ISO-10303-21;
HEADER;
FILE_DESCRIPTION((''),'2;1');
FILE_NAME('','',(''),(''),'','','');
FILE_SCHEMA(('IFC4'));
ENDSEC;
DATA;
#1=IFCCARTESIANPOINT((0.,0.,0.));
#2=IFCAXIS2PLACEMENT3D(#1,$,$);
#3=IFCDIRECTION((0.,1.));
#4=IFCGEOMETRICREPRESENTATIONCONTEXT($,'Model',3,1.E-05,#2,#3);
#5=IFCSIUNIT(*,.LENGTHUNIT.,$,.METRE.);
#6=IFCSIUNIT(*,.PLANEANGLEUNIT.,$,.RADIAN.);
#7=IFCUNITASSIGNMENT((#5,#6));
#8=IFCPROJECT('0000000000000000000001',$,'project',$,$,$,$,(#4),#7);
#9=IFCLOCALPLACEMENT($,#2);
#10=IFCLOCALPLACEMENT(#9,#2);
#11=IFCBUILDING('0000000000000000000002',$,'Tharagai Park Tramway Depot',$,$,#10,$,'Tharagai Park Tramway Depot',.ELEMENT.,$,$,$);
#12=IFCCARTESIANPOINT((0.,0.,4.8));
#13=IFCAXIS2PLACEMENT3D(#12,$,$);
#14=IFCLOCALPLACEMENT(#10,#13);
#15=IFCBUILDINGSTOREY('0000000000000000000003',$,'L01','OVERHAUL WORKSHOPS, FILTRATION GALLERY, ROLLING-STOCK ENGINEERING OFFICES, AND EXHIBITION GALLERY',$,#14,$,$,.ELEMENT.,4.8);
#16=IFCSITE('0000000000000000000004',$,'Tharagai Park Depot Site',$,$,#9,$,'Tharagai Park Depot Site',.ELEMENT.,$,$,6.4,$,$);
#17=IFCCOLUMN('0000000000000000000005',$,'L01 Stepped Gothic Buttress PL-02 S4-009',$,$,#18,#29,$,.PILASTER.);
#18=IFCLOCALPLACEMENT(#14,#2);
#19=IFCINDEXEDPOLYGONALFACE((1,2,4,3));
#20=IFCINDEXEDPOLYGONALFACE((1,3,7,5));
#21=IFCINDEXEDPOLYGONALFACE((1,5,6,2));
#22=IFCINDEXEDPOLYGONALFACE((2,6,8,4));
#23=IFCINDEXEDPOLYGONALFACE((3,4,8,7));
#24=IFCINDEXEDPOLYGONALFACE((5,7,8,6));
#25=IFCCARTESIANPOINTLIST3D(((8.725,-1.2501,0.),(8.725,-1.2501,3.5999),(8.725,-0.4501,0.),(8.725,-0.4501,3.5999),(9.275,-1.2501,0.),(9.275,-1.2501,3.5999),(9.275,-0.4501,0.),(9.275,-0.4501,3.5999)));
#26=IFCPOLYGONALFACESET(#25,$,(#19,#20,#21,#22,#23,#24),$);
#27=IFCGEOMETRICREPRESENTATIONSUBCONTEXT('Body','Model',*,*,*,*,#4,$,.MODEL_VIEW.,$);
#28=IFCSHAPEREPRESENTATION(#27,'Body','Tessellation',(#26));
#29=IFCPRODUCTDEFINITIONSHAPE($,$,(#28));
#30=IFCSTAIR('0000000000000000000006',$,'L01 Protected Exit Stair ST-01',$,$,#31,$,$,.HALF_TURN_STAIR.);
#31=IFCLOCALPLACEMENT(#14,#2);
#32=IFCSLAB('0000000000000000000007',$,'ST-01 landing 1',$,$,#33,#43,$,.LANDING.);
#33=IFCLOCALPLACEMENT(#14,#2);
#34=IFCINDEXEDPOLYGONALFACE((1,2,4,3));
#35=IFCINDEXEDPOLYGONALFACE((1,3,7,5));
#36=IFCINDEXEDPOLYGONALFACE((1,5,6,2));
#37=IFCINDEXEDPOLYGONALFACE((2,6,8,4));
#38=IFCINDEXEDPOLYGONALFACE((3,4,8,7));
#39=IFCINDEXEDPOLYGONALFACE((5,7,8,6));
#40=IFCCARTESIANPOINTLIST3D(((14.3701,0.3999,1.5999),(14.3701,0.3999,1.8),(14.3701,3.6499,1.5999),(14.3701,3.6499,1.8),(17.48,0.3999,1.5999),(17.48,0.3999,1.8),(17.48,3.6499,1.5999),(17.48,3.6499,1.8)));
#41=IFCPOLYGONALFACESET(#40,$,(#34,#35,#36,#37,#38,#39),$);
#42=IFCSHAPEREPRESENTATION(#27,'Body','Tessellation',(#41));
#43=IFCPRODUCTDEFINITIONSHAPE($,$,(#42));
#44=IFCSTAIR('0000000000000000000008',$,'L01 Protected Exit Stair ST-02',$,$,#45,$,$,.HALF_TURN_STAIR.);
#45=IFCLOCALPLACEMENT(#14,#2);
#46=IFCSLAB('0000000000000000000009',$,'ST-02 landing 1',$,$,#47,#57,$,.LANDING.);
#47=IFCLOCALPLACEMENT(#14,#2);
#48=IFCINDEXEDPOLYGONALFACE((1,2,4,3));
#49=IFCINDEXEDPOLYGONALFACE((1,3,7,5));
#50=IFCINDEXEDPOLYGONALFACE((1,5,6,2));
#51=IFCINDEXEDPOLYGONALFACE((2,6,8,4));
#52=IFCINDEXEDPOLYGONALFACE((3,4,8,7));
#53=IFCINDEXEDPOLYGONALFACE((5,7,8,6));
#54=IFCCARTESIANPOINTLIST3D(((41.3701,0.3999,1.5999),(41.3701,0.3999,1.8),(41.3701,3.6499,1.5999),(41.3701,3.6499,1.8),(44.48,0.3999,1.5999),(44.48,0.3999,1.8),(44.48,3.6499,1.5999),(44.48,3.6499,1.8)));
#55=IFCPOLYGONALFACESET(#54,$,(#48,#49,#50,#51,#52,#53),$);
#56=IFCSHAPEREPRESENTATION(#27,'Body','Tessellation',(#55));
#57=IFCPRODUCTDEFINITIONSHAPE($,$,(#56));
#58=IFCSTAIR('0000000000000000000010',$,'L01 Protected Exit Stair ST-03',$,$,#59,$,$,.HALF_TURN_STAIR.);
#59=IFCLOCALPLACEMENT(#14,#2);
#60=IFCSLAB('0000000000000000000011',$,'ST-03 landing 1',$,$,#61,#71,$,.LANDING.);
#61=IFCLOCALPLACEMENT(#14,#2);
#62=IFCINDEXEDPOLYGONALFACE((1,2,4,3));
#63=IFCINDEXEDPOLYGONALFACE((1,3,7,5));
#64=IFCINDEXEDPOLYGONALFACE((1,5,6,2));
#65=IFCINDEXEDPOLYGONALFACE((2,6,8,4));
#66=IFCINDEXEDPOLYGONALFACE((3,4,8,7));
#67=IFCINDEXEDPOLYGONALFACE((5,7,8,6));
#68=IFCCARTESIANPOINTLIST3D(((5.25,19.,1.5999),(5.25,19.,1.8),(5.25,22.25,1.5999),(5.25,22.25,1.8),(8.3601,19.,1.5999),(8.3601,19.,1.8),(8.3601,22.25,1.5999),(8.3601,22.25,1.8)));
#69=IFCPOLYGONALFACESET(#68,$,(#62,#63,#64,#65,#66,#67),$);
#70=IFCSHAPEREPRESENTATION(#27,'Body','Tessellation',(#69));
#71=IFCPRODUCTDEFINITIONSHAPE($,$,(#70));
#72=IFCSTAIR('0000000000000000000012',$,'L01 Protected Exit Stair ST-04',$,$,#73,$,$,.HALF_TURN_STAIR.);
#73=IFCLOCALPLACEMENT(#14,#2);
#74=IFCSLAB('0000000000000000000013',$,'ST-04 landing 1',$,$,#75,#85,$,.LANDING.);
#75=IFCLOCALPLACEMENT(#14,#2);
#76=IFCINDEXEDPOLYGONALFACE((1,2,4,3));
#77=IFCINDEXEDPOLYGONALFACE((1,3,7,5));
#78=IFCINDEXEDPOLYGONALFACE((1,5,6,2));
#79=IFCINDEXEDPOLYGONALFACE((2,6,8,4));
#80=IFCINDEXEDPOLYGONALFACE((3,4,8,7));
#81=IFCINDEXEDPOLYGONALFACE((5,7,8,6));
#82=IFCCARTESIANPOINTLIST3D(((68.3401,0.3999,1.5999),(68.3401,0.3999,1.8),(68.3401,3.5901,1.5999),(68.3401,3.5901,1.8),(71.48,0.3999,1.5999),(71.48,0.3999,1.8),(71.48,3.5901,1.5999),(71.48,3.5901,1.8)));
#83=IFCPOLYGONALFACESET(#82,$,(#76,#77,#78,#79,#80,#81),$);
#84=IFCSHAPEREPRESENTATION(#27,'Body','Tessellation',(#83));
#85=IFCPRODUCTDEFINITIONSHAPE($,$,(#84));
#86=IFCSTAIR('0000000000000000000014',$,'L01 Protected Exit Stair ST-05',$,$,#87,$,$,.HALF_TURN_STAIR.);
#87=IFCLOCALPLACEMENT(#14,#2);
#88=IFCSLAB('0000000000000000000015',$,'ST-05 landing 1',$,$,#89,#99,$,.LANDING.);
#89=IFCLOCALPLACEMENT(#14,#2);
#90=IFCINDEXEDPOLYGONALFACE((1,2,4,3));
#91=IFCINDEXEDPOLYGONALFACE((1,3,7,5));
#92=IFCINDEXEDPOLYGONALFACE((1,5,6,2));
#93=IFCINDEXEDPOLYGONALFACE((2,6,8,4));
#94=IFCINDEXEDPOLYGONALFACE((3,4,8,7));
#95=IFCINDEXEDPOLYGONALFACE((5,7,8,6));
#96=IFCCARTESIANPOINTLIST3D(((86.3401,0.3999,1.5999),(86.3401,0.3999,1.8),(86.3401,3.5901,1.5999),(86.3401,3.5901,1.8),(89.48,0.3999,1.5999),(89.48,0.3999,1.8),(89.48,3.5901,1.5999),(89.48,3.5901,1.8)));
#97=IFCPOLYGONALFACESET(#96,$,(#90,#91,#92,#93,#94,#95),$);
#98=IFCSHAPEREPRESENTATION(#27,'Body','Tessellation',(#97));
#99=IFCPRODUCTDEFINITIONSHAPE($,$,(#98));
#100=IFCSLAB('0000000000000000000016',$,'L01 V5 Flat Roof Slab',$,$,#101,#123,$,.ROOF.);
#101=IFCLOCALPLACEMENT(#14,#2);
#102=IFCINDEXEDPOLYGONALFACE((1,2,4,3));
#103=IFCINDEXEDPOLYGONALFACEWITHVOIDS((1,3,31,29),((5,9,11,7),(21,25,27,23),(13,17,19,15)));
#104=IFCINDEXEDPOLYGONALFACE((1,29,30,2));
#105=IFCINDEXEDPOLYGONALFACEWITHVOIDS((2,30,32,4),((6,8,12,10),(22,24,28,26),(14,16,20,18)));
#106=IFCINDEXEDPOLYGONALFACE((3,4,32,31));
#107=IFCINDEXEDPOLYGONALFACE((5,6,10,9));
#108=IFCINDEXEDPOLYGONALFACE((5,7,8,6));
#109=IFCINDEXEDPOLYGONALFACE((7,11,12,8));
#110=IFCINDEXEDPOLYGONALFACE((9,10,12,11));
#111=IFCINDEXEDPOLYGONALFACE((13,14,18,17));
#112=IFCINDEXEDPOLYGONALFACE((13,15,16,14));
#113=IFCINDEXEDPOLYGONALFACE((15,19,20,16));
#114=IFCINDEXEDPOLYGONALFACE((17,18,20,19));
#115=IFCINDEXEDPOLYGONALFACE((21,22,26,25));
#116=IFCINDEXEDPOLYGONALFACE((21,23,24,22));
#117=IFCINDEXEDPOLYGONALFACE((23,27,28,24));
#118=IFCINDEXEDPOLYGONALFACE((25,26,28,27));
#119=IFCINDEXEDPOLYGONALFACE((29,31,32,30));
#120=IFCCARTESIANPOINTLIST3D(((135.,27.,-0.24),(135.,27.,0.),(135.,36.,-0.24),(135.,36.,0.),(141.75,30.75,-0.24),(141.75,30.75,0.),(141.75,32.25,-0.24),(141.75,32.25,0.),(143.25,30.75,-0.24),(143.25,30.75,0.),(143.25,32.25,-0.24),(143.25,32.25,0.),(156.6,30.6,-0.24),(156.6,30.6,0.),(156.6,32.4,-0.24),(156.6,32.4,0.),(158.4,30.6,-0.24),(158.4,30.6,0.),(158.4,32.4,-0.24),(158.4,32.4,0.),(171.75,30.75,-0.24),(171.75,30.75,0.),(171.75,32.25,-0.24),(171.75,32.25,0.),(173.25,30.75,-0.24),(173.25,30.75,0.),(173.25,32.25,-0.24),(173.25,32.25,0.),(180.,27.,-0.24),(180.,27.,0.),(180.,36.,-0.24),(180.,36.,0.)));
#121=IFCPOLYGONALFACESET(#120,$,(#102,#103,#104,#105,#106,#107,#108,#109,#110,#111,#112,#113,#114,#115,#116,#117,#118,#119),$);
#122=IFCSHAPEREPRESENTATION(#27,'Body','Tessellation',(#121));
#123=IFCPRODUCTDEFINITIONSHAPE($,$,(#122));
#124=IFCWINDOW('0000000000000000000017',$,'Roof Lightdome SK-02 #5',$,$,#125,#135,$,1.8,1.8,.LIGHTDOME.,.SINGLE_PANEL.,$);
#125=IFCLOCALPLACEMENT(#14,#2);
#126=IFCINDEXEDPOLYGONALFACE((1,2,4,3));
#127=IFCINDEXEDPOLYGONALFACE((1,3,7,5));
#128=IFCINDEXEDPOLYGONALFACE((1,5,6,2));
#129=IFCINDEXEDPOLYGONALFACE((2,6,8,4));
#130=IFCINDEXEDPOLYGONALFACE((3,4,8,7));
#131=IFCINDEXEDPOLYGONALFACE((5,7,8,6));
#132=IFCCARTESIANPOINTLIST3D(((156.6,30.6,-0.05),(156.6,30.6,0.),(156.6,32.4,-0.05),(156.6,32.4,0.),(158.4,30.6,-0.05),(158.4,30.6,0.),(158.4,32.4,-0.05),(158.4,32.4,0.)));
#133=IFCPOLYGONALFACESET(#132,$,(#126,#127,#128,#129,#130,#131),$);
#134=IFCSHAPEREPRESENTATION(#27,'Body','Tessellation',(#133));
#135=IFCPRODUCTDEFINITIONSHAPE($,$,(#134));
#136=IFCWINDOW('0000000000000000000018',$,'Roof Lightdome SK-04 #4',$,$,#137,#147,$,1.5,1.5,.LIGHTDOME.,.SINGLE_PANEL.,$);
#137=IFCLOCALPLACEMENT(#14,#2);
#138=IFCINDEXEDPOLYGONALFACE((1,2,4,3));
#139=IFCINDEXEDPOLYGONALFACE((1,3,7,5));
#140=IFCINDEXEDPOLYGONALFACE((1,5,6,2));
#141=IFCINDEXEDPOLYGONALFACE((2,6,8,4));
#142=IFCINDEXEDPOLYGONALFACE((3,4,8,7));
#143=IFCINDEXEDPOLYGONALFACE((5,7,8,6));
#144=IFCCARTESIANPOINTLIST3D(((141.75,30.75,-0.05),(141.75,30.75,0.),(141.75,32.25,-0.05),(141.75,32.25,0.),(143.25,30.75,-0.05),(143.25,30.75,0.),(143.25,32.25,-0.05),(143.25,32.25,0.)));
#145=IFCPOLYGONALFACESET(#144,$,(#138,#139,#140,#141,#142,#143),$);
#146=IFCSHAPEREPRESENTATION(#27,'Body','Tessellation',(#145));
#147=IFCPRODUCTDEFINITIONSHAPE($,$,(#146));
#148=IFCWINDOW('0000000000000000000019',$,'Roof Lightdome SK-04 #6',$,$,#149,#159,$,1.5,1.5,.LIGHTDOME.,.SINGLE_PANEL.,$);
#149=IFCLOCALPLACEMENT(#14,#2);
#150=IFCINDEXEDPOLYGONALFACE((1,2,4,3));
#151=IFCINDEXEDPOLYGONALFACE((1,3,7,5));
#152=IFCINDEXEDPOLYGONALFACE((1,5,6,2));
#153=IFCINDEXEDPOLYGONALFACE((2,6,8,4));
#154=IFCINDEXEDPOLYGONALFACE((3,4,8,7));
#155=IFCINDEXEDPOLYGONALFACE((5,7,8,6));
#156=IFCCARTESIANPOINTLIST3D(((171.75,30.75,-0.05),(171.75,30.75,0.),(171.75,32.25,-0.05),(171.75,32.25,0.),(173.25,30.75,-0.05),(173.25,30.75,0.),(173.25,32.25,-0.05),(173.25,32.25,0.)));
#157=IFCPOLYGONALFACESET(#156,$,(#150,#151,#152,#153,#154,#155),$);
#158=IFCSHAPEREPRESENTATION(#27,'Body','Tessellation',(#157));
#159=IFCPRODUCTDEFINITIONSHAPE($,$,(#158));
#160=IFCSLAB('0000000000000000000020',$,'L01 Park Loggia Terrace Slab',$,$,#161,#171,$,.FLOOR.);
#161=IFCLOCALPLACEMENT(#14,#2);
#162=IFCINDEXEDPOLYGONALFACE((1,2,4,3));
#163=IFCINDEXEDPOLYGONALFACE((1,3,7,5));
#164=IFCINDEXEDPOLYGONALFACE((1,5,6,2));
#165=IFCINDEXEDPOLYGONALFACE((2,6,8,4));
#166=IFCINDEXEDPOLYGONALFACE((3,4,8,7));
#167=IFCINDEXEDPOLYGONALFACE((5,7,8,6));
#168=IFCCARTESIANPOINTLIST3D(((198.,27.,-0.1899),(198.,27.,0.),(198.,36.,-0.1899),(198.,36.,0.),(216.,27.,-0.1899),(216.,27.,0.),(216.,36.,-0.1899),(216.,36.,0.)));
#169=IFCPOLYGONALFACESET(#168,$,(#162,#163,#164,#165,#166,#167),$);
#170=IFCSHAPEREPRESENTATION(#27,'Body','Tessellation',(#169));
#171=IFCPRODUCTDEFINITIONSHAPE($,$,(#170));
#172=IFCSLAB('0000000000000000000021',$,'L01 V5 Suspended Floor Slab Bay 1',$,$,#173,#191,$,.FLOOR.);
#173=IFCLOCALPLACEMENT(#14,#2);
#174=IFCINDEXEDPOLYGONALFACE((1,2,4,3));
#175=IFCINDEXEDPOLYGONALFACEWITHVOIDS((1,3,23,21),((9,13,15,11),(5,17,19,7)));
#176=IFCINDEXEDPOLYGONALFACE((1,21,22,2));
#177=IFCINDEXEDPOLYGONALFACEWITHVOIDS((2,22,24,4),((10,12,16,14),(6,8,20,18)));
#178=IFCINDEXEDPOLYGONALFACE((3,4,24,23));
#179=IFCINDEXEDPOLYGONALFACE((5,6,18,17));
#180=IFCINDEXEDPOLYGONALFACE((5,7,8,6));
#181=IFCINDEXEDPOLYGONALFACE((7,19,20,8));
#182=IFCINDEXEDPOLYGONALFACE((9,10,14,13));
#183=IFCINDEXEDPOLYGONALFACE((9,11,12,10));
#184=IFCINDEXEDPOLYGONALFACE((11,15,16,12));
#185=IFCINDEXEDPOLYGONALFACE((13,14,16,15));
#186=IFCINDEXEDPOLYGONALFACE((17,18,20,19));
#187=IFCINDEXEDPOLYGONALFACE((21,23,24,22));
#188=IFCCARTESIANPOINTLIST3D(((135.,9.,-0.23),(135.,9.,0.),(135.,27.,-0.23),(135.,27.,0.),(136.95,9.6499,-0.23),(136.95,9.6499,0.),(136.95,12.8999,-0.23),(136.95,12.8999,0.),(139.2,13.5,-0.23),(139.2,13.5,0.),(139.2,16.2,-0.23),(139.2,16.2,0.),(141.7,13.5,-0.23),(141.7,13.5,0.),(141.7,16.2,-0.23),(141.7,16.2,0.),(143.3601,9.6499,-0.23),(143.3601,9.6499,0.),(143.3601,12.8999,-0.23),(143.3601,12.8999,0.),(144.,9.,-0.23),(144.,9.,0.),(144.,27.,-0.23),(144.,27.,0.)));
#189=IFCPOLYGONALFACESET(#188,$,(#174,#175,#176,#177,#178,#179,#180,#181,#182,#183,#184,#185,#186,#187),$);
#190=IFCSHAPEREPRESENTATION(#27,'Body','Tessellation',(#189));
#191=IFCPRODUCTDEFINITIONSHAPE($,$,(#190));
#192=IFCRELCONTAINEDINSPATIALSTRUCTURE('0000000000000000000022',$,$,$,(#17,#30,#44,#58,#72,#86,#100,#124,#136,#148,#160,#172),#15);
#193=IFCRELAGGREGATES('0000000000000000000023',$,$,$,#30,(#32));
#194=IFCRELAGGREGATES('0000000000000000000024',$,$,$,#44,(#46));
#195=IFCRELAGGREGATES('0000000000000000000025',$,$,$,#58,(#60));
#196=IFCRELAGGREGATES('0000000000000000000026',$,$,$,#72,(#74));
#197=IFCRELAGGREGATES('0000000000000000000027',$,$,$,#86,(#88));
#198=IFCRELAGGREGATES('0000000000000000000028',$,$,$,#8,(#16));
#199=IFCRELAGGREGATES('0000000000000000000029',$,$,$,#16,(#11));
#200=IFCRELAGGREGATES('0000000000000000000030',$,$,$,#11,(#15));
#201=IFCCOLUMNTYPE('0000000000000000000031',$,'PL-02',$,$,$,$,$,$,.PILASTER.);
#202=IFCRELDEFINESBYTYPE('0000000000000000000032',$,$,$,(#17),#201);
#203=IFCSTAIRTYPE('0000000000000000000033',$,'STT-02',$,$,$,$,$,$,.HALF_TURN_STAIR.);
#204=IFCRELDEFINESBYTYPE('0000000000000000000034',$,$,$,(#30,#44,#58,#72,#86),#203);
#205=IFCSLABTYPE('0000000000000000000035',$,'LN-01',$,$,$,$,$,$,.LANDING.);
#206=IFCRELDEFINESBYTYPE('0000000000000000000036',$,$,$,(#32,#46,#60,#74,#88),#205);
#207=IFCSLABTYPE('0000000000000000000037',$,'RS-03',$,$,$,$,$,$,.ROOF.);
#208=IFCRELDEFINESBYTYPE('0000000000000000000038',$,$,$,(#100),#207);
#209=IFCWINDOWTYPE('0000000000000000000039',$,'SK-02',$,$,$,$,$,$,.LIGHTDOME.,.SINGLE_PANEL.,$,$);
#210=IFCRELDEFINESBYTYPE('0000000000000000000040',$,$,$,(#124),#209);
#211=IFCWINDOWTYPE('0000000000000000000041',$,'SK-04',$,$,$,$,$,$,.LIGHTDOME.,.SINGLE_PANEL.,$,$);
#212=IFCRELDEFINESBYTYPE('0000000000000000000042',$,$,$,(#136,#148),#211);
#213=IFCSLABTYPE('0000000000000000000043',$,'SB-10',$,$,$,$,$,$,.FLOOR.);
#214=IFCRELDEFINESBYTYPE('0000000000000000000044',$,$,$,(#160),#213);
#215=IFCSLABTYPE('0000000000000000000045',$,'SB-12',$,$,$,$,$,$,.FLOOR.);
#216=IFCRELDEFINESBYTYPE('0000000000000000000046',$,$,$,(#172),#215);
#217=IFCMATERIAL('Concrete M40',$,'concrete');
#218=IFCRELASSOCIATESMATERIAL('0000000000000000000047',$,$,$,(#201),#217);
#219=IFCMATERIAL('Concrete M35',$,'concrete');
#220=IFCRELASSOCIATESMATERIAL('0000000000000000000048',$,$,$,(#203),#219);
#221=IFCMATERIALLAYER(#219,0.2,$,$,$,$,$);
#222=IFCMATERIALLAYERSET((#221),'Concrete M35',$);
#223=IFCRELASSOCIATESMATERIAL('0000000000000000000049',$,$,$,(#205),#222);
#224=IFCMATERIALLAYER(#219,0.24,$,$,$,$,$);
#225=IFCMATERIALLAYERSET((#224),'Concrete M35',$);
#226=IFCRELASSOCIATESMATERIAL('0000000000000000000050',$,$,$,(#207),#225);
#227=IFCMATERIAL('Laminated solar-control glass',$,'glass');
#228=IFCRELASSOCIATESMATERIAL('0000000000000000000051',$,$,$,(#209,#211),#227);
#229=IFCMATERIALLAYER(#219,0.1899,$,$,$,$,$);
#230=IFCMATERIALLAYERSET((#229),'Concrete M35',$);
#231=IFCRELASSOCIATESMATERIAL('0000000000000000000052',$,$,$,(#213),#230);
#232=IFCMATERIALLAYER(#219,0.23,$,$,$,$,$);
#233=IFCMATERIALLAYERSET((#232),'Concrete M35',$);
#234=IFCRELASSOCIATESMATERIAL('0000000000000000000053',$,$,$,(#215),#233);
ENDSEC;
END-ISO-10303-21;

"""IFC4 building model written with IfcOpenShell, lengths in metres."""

from ifc_helpers import new_model, si_unit, direction, frame, origin, origin_2d, place, context, subcontext, project, spatial, polyline, rectangle, outline, extrude, material, layer, layer_set, material_profile, profile_set, type_object, element, fill, aggregate, save


model = new_model("IFC4")

# Units and contexts
model_context = context("Model", 3, precision=1e-05, world=origin(), true_north=direction((0.0, 1.0)))
body_context = subcontext(model_context, "Body", "Model", "MODEL_VIEW")
ifc_project = project(units=[si_unit("LENGTHUNIT", "METRE"), si_unit("PLANEANGLEUNIT", "RADIAN")], contexts=[model_context])

# Site, building, storey
site_placement = place(None, origin())
site = spatial("IfcSite", under=ifc_project, at=site_placement, Name="Tharagai Park Depot Site", LongName="Tharagai Park Depot Site", CompositionType="ELEMENT", RefElevation=6.4)
building_placement = place(site_placement, origin())
building = spatial("IfcBuilding", under=site, at=building_placement, Name="Tharagai Park Tramway Depot", LongName="Tharagai Park Tramway Depot", CompositionType="ELEMENT")
storey_placement = place(building_placement, frame((0.0, 0.0, 4.8)))
storey = spatial("IfcBuildingStorey", under=building, at=storey_placement, Name="L01", Description="OVERHAUL WORKSHOPS, FILTRATION GALLERY, ROLLING-STOCK ENGINEERING OFFICES, AND EXHIBITION GALLERY", CompositionType="ELEMENT", Elevation=4.8)

# Column
ifc_material_1 = material(Name="Concrete M40", Category="concrete")
ifc_material_profile = material_profile(ifc_material_1, rectangle(XDim=0.55, YDim=0.8, at=origin_2d()), Name="RC 550x800")
ifc_profile_set = profile_set([ifc_material_profile], Name="Concrete M40")
column_type = type_object("IfcColumnType", Name="PL-02", PredefinedType="PILASTER", material=ifc_profile_set)
column_placement = place(storey_placement, frame((9.0, -0.8501, 0.0), z_axis=(0.0, 0.0, 1.0), x_axis=(1.0, 0.0, 0.0)))
element("IfcColumn", 1, at=column_placement, inside=storey, type_object=column_type, Name="L01 Stepped Gothic Buttress PL-02 S4-009", PredefinedType="PILASTER", context=body_context, shape_type="SweptSolid", body=[
    extrude(rectangle(XDim=0.55, YDim=0.8, at=origin_2d()), origin(), (0.0, 0.0, 1.0), 3.5999),
])

# Stairs, slabs
ifc_material_2 = material(Name="Concrete M35", Category="concrete")
stair_type = type_object("IfcStairType", Name="STT-02", PredefinedType="HALF_TURN_STAIR", material=ifc_material_2)
stair_1_placement = place(storey_placement, origin())
stair_1 = element("IfcStair", 2, at=stair_1_placement, inside=storey, type_object=stair_type, Name="L01 Protected Exit Stair ST-01", PredefinedType="HALF_TURN_STAIR")
ifc_layer_1 = layer(ifc_material_2, 0.2)
ifc_layer_set_1 = layer_set([ifc_layer_1], Name="Concrete M35")
slab_type_1 = type_object("IfcSlabType", Name="LN-01", PredefinedType="LANDING", material=ifc_layer_set_1)
slab_1_placement = place(storey_placement, frame((0.0, 0.0, 1.5999)))
slab_1 = element("IfcSlab", 3, at=slab_1_placement, type_object=slab_type_1, Name="ST-01 landing 1", PredefinedType="LANDING", context=body_context, shape_type="SweptSolid", body=[
    extrude(outline(polyline([(14.3701, 0.3999), (17.48, 0.3999), (17.48, 3.6499), (14.3701, 3.6499), (14.3701, 0.3999)])), origin(), (0.0, 0.0, 1.0), 0.2002),
])
aggregate(stair_1, [slab_1])
stair_2_placement = place(storey_placement, origin())
stair_2 = element("IfcStair", 4, at=stair_2_placement, inside=storey, type_object=stair_type, Name="L01 Protected Exit Stair ST-02", PredefinedType="HALF_TURN_STAIR")
slab_2_placement = place(storey_placement, frame((0.0, 0.0, 1.5999)))
slab_2 = element("IfcSlab", 5, at=slab_2_placement, type_object=slab_type_1, Name="ST-02 landing 1", PredefinedType="LANDING", context=body_context, shape_type="SweptSolid", body=[
    extrude(outline(polyline([(41.3701, 0.3999), (44.48, 0.3999), (44.48, 3.6499), (41.3701, 3.6499), (41.3701, 0.3999)])), origin(), (0.0, 0.0, 1.0), 0.2002),
])
aggregate(stair_2, [slab_2])
stair_3_placement = place(storey_placement, origin())
stair_3 = element("IfcStair", 6, at=stair_3_placement, inside=storey, type_object=stair_type, Name="L01 Protected Exit Stair ST-03", PredefinedType="HALF_TURN_STAIR")
slab_3_placement = place(storey_placement, frame((0.0, 0.0, 1.5999)))
slab_3 = element("IfcSlab", 7, at=slab_3_placement, type_object=slab_type_1, Name="ST-03 landing 1", PredefinedType="LANDING", context=body_context, shape_type="SweptSolid", body=[
    extrude(outline(polyline([(5.25, 19.0), (8.3601, 19.0), (8.3601, 22.25), (5.25, 22.25), (5.25, 19.0)])), origin(), (0.0, 0.0, 1.0), 0.2002),
])
aggregate(stair_3, [slab_3])
stair_4_placement = place(storey_placement, origin())
stair_4 = element("IfcStair", 8, at=stair_4_placement, inside=storey, type_object=stair_type, Name="L01 Protected Exit Stair ST-04", PredefinedType="HALF_TURN_STAIR")
slab_4_placement = place(storey_placement, frame((0.0, 0.0, 1.5999)))
slab_4 = element("IfcSlab", 9, at=slab_4_placement, type_object=slab_type_1, Name="ST-04 landing 1", PredefinedType="LANDING", context=body_context, shape_type="SweptSolid", body=[
    extrude(outline(polyline([(68.3401, 0.3999), (71.48, 0.3999), (71.48, 3.5901), (68.3401, 3.5901), (68.3401, 0.3999)])), origin(), (0.0, 0.0, 1.0), 0.2002),
])
aggregate(stair_4, [slab_4])
stair_5_placement = place(storey_placement, origin())
stair_5 = element("IfcStair", 10, at=stair_5_placement, inside=storey, type_object=stair_type, Name="L01 Protected Exit Stair ST-05", PredefinedType="HALF_TURN_STAIR")
slab_5_placement = place(storey_placement, frame((0.0, 0.0, 1.5999)))
slab_5 = element("IfcSlab", 11, at=slab_5_placement, type_object=slab_type_1, Name="ST-05 landing 1", PredefinedType="LANDING", context=body_context, shape_type="SweptSolid", body=[
    extrude(outline(polyline([(86.3401, 0.3999), (89.48, 0.3999), (89.48, 3.5901), (86.3401, 3.5901), (86.3401, 0.3999)])), origin(), (0.0, 0.0, 1.0), 0.2002),
])
aggregate(stair_5, [slab_5])

# Slab, openings, windows
ifc_layer_2 = layer(ifc_material_2, 0.24)
ifc_layer_set_2 = layer_set([ifc_layer_2], Name="Concrete M35")
slab_type_2 = type_object("IfcSlabType", Name="RS-03", PredefinedType="ROOF", material=ifc_layer_set_2)
slab_6_placement = place(storey_placement, frame((0.0, 0.0, -0.24)))
slab_6 = element("IfcSlab", 12, at=slab_6_placement, inside=storey, type_object=slab_type_2, Name="L01 V5 Flat Roof Slab", PredefinedType="ROOF", context=body_context, shape_type="SweptSolid", body=[
    extrude(outline(polyline([(135.0, 27.0), (180.0, 27.0), (180.0, 36.0), (135.0, 36.0), (135.0, 27.0)])), origin(), (0.0, 0.0, 1.0), 0.24),
])
opening_1_placement = place(slab_6_placement, frame((142.5, 31.5, -0.01)))
opening_1 = element("IfcOpeningElement", 13, at=opening_1_placement, cuts=slab_6, PredefinedType="OPENING", context=body_context, shape_type="SweptSolid", body=[
    extrude(rectangle(XDim=1.5, YDim=1.5, at=origin_2d()), origin(), (0.0, 0.0, 1.0), 0.26),
])
opening_2_placement = place(slab_6_placement, frame((157.5, 31.5, -0.01)))
opening_2 = element("IfcOpeningElement", 14, at=opening_2_placement, cuts=slab_6, PredefinedType="OPENING", context=body_context, shape_type="SweptSolid", body=[
    extrude(rectangle(XDim=1.8, YDim=1.8, at=origin_2d()), origin(), (0.0, 0.0, 1.0), 0.26),
])
opening_3_placement = place(slab_6_placement, frame((172.5, 31.5, -0.01)))
opening_3 = element("IfcOpeningElement", 15, at=opening_3_placement, cuts=slab_6, PredefinedType="OPENING", context=body_context, shape_type="SweptSolid", body=[
    extrude(rectangle(XDim=1.5, YDim=1.5, at=origin_2d()), origin(), (0.0, 0.0, 1.0), 0.26),
])
ifc_material_3 = material(Name="Laminated solar-control glass", Category="glass")
window_type_1 = type_object("IfcWindowType", Name="SK-02", PartitioningType="SINGLE_PANEL", PredefinedType="LIGHTDOME", material=ifc_material_3)
window_1_placement = place(opening_2_placement, frame((0.0, 0.0, 0.2)))
window_1 = element("IfcWindow", 16, at=window_1_placement, inside=storey, type_object=window_type_1, Name="Roof Lightdome SK-02 #5", OverallHeight=1.8, OverallWidth=1.8, PartitioningType="SINGLE_PANEL", PredefinedType="LIGHTDOME", context=body_context, shape_type="SweptSolid", body=[
    extrude(rectangle(XDim=1.8, YDim=1.8, at=origin_2d()), origin(), (0.0, 0.0, 1.0), 0.05),
])
fill(opening_2, window_1)
window_type_2 = type_object("IfcWindowType", Name="SK-04", PartitioningType="SINGLE_PANEL", PredefinedType="LIGHTDOME", material=ifc_material_3)
window_2_placement = place(opening_1_placement, frame((0.0, 0.0, 0.2)))
window_2 = element("IfcWindow", 17, at=window_2_placement, inside=storey, type_object=window_type_2, Name="Roof Lightdome SK-04 #4", OverallHeight=1.5, OverallWidth=1.5, PartitioningType="SINGLE_PANEL", PredefinedType="LIGHTDOME", context=body_context, shape_type="SweptSolid", body=[
    extrude(rectangle(XDim=1.5, YDim=1.5, at=origin_2d()), origin(), (0.0, 0.0, 1.0), 0.05),
])
fill(opening_1, window_2)
window_3_placement = place(opening_3_placement, frame((0.0, 0.0, 0.2)))
window_3 = element("IfcWindow", 18, at=window_3_placement, inside=storey, type_object=window_type_2, Name="Roof Lightdome SK-04 #6", OverallHeight=1.5, OverallWidth=1.5, PartitioningType="SINGLE_PANEL", PredefinedType="LIGHTDOME", context=body_context, shape_type="SweptSolid", body=[
    extrude(rectangle(XDim=1.5, YDim=1.5, at=origin_2d()), origin(), (0.0, 0.0, 1.0), 0.05),
])
fill(opening_3, window_3)

# Slabs
ifc_layer_3 = layer(ifc_material_2, 0.1899)
ifc_layer_set_3 = layer_set([ifc_layer_3], Name="Concrete M35")
slab_type_3 = type_object("IfcSlabType", Name="SB-10", PredefinedType="FLOOR", material=ifc_layer_set_3)
slab_7_placement = place(storey_placement, frame((0.0, 0.0, -0.1899)))
element("IfcSlab", 19, at=slab_7_placement, inside=storey, type_object=slab_type_3, Name="L01 Park Loggia Terrace Slab", PredefinedType="FLOOR", context=body_context, shape_type="SweptSolid", body=[
    extrude(outline(polyline([(198.0, 27.0), (216.0, 27.0), (216.0, 36.0), (198.0, 36.0), (198.0, 27.0)])), origin(), (0.0, 0.0, 1.0), 0.1899),
])
ifc_layer_4 = layer(ifc_material_2, 0.23)
ifc_layer_set_4 = layer_set([ifc_layer_4], Name="Concrete M35")
slab_type_4 = type_object("IfcSlabType", Name="SB-12", PredefinedType="FLOOR", material=ifc_layer_set_4)
slab_8_placement = place(storey_placement, frame((0.0, 0.0, -0.23)))
element("IfcSlab", 20, at=slab_8_placement, inside=storey, type_object=slab_type_4, Name="L01 V5 Suspended Floor Slab Bay 1", PredefinedType="FLOOR", context=body_context, shape_type="SweptSolid", body=[
    extrude(outline(polyline([(135.0, 9.0), (144.0, 9.0), (144.0, 27.0), (135.0, 27.0), (135.0, 9.0)]), holes=[polyline([(136.95, 9.6499), (143.3601, 9.6499), (143.3601, 12.8999), (136.95, 12.8999), (136.95, 9.6499)]), polyline([(139.2, 13.5), (141.7, 13.5), (141.7, 16.2), (139.2, 16.2), (139.2, 13.5)])]), origin(), (0.0, 0.0, 1.0), 0.23),
])

save(model, "model.ifc")
